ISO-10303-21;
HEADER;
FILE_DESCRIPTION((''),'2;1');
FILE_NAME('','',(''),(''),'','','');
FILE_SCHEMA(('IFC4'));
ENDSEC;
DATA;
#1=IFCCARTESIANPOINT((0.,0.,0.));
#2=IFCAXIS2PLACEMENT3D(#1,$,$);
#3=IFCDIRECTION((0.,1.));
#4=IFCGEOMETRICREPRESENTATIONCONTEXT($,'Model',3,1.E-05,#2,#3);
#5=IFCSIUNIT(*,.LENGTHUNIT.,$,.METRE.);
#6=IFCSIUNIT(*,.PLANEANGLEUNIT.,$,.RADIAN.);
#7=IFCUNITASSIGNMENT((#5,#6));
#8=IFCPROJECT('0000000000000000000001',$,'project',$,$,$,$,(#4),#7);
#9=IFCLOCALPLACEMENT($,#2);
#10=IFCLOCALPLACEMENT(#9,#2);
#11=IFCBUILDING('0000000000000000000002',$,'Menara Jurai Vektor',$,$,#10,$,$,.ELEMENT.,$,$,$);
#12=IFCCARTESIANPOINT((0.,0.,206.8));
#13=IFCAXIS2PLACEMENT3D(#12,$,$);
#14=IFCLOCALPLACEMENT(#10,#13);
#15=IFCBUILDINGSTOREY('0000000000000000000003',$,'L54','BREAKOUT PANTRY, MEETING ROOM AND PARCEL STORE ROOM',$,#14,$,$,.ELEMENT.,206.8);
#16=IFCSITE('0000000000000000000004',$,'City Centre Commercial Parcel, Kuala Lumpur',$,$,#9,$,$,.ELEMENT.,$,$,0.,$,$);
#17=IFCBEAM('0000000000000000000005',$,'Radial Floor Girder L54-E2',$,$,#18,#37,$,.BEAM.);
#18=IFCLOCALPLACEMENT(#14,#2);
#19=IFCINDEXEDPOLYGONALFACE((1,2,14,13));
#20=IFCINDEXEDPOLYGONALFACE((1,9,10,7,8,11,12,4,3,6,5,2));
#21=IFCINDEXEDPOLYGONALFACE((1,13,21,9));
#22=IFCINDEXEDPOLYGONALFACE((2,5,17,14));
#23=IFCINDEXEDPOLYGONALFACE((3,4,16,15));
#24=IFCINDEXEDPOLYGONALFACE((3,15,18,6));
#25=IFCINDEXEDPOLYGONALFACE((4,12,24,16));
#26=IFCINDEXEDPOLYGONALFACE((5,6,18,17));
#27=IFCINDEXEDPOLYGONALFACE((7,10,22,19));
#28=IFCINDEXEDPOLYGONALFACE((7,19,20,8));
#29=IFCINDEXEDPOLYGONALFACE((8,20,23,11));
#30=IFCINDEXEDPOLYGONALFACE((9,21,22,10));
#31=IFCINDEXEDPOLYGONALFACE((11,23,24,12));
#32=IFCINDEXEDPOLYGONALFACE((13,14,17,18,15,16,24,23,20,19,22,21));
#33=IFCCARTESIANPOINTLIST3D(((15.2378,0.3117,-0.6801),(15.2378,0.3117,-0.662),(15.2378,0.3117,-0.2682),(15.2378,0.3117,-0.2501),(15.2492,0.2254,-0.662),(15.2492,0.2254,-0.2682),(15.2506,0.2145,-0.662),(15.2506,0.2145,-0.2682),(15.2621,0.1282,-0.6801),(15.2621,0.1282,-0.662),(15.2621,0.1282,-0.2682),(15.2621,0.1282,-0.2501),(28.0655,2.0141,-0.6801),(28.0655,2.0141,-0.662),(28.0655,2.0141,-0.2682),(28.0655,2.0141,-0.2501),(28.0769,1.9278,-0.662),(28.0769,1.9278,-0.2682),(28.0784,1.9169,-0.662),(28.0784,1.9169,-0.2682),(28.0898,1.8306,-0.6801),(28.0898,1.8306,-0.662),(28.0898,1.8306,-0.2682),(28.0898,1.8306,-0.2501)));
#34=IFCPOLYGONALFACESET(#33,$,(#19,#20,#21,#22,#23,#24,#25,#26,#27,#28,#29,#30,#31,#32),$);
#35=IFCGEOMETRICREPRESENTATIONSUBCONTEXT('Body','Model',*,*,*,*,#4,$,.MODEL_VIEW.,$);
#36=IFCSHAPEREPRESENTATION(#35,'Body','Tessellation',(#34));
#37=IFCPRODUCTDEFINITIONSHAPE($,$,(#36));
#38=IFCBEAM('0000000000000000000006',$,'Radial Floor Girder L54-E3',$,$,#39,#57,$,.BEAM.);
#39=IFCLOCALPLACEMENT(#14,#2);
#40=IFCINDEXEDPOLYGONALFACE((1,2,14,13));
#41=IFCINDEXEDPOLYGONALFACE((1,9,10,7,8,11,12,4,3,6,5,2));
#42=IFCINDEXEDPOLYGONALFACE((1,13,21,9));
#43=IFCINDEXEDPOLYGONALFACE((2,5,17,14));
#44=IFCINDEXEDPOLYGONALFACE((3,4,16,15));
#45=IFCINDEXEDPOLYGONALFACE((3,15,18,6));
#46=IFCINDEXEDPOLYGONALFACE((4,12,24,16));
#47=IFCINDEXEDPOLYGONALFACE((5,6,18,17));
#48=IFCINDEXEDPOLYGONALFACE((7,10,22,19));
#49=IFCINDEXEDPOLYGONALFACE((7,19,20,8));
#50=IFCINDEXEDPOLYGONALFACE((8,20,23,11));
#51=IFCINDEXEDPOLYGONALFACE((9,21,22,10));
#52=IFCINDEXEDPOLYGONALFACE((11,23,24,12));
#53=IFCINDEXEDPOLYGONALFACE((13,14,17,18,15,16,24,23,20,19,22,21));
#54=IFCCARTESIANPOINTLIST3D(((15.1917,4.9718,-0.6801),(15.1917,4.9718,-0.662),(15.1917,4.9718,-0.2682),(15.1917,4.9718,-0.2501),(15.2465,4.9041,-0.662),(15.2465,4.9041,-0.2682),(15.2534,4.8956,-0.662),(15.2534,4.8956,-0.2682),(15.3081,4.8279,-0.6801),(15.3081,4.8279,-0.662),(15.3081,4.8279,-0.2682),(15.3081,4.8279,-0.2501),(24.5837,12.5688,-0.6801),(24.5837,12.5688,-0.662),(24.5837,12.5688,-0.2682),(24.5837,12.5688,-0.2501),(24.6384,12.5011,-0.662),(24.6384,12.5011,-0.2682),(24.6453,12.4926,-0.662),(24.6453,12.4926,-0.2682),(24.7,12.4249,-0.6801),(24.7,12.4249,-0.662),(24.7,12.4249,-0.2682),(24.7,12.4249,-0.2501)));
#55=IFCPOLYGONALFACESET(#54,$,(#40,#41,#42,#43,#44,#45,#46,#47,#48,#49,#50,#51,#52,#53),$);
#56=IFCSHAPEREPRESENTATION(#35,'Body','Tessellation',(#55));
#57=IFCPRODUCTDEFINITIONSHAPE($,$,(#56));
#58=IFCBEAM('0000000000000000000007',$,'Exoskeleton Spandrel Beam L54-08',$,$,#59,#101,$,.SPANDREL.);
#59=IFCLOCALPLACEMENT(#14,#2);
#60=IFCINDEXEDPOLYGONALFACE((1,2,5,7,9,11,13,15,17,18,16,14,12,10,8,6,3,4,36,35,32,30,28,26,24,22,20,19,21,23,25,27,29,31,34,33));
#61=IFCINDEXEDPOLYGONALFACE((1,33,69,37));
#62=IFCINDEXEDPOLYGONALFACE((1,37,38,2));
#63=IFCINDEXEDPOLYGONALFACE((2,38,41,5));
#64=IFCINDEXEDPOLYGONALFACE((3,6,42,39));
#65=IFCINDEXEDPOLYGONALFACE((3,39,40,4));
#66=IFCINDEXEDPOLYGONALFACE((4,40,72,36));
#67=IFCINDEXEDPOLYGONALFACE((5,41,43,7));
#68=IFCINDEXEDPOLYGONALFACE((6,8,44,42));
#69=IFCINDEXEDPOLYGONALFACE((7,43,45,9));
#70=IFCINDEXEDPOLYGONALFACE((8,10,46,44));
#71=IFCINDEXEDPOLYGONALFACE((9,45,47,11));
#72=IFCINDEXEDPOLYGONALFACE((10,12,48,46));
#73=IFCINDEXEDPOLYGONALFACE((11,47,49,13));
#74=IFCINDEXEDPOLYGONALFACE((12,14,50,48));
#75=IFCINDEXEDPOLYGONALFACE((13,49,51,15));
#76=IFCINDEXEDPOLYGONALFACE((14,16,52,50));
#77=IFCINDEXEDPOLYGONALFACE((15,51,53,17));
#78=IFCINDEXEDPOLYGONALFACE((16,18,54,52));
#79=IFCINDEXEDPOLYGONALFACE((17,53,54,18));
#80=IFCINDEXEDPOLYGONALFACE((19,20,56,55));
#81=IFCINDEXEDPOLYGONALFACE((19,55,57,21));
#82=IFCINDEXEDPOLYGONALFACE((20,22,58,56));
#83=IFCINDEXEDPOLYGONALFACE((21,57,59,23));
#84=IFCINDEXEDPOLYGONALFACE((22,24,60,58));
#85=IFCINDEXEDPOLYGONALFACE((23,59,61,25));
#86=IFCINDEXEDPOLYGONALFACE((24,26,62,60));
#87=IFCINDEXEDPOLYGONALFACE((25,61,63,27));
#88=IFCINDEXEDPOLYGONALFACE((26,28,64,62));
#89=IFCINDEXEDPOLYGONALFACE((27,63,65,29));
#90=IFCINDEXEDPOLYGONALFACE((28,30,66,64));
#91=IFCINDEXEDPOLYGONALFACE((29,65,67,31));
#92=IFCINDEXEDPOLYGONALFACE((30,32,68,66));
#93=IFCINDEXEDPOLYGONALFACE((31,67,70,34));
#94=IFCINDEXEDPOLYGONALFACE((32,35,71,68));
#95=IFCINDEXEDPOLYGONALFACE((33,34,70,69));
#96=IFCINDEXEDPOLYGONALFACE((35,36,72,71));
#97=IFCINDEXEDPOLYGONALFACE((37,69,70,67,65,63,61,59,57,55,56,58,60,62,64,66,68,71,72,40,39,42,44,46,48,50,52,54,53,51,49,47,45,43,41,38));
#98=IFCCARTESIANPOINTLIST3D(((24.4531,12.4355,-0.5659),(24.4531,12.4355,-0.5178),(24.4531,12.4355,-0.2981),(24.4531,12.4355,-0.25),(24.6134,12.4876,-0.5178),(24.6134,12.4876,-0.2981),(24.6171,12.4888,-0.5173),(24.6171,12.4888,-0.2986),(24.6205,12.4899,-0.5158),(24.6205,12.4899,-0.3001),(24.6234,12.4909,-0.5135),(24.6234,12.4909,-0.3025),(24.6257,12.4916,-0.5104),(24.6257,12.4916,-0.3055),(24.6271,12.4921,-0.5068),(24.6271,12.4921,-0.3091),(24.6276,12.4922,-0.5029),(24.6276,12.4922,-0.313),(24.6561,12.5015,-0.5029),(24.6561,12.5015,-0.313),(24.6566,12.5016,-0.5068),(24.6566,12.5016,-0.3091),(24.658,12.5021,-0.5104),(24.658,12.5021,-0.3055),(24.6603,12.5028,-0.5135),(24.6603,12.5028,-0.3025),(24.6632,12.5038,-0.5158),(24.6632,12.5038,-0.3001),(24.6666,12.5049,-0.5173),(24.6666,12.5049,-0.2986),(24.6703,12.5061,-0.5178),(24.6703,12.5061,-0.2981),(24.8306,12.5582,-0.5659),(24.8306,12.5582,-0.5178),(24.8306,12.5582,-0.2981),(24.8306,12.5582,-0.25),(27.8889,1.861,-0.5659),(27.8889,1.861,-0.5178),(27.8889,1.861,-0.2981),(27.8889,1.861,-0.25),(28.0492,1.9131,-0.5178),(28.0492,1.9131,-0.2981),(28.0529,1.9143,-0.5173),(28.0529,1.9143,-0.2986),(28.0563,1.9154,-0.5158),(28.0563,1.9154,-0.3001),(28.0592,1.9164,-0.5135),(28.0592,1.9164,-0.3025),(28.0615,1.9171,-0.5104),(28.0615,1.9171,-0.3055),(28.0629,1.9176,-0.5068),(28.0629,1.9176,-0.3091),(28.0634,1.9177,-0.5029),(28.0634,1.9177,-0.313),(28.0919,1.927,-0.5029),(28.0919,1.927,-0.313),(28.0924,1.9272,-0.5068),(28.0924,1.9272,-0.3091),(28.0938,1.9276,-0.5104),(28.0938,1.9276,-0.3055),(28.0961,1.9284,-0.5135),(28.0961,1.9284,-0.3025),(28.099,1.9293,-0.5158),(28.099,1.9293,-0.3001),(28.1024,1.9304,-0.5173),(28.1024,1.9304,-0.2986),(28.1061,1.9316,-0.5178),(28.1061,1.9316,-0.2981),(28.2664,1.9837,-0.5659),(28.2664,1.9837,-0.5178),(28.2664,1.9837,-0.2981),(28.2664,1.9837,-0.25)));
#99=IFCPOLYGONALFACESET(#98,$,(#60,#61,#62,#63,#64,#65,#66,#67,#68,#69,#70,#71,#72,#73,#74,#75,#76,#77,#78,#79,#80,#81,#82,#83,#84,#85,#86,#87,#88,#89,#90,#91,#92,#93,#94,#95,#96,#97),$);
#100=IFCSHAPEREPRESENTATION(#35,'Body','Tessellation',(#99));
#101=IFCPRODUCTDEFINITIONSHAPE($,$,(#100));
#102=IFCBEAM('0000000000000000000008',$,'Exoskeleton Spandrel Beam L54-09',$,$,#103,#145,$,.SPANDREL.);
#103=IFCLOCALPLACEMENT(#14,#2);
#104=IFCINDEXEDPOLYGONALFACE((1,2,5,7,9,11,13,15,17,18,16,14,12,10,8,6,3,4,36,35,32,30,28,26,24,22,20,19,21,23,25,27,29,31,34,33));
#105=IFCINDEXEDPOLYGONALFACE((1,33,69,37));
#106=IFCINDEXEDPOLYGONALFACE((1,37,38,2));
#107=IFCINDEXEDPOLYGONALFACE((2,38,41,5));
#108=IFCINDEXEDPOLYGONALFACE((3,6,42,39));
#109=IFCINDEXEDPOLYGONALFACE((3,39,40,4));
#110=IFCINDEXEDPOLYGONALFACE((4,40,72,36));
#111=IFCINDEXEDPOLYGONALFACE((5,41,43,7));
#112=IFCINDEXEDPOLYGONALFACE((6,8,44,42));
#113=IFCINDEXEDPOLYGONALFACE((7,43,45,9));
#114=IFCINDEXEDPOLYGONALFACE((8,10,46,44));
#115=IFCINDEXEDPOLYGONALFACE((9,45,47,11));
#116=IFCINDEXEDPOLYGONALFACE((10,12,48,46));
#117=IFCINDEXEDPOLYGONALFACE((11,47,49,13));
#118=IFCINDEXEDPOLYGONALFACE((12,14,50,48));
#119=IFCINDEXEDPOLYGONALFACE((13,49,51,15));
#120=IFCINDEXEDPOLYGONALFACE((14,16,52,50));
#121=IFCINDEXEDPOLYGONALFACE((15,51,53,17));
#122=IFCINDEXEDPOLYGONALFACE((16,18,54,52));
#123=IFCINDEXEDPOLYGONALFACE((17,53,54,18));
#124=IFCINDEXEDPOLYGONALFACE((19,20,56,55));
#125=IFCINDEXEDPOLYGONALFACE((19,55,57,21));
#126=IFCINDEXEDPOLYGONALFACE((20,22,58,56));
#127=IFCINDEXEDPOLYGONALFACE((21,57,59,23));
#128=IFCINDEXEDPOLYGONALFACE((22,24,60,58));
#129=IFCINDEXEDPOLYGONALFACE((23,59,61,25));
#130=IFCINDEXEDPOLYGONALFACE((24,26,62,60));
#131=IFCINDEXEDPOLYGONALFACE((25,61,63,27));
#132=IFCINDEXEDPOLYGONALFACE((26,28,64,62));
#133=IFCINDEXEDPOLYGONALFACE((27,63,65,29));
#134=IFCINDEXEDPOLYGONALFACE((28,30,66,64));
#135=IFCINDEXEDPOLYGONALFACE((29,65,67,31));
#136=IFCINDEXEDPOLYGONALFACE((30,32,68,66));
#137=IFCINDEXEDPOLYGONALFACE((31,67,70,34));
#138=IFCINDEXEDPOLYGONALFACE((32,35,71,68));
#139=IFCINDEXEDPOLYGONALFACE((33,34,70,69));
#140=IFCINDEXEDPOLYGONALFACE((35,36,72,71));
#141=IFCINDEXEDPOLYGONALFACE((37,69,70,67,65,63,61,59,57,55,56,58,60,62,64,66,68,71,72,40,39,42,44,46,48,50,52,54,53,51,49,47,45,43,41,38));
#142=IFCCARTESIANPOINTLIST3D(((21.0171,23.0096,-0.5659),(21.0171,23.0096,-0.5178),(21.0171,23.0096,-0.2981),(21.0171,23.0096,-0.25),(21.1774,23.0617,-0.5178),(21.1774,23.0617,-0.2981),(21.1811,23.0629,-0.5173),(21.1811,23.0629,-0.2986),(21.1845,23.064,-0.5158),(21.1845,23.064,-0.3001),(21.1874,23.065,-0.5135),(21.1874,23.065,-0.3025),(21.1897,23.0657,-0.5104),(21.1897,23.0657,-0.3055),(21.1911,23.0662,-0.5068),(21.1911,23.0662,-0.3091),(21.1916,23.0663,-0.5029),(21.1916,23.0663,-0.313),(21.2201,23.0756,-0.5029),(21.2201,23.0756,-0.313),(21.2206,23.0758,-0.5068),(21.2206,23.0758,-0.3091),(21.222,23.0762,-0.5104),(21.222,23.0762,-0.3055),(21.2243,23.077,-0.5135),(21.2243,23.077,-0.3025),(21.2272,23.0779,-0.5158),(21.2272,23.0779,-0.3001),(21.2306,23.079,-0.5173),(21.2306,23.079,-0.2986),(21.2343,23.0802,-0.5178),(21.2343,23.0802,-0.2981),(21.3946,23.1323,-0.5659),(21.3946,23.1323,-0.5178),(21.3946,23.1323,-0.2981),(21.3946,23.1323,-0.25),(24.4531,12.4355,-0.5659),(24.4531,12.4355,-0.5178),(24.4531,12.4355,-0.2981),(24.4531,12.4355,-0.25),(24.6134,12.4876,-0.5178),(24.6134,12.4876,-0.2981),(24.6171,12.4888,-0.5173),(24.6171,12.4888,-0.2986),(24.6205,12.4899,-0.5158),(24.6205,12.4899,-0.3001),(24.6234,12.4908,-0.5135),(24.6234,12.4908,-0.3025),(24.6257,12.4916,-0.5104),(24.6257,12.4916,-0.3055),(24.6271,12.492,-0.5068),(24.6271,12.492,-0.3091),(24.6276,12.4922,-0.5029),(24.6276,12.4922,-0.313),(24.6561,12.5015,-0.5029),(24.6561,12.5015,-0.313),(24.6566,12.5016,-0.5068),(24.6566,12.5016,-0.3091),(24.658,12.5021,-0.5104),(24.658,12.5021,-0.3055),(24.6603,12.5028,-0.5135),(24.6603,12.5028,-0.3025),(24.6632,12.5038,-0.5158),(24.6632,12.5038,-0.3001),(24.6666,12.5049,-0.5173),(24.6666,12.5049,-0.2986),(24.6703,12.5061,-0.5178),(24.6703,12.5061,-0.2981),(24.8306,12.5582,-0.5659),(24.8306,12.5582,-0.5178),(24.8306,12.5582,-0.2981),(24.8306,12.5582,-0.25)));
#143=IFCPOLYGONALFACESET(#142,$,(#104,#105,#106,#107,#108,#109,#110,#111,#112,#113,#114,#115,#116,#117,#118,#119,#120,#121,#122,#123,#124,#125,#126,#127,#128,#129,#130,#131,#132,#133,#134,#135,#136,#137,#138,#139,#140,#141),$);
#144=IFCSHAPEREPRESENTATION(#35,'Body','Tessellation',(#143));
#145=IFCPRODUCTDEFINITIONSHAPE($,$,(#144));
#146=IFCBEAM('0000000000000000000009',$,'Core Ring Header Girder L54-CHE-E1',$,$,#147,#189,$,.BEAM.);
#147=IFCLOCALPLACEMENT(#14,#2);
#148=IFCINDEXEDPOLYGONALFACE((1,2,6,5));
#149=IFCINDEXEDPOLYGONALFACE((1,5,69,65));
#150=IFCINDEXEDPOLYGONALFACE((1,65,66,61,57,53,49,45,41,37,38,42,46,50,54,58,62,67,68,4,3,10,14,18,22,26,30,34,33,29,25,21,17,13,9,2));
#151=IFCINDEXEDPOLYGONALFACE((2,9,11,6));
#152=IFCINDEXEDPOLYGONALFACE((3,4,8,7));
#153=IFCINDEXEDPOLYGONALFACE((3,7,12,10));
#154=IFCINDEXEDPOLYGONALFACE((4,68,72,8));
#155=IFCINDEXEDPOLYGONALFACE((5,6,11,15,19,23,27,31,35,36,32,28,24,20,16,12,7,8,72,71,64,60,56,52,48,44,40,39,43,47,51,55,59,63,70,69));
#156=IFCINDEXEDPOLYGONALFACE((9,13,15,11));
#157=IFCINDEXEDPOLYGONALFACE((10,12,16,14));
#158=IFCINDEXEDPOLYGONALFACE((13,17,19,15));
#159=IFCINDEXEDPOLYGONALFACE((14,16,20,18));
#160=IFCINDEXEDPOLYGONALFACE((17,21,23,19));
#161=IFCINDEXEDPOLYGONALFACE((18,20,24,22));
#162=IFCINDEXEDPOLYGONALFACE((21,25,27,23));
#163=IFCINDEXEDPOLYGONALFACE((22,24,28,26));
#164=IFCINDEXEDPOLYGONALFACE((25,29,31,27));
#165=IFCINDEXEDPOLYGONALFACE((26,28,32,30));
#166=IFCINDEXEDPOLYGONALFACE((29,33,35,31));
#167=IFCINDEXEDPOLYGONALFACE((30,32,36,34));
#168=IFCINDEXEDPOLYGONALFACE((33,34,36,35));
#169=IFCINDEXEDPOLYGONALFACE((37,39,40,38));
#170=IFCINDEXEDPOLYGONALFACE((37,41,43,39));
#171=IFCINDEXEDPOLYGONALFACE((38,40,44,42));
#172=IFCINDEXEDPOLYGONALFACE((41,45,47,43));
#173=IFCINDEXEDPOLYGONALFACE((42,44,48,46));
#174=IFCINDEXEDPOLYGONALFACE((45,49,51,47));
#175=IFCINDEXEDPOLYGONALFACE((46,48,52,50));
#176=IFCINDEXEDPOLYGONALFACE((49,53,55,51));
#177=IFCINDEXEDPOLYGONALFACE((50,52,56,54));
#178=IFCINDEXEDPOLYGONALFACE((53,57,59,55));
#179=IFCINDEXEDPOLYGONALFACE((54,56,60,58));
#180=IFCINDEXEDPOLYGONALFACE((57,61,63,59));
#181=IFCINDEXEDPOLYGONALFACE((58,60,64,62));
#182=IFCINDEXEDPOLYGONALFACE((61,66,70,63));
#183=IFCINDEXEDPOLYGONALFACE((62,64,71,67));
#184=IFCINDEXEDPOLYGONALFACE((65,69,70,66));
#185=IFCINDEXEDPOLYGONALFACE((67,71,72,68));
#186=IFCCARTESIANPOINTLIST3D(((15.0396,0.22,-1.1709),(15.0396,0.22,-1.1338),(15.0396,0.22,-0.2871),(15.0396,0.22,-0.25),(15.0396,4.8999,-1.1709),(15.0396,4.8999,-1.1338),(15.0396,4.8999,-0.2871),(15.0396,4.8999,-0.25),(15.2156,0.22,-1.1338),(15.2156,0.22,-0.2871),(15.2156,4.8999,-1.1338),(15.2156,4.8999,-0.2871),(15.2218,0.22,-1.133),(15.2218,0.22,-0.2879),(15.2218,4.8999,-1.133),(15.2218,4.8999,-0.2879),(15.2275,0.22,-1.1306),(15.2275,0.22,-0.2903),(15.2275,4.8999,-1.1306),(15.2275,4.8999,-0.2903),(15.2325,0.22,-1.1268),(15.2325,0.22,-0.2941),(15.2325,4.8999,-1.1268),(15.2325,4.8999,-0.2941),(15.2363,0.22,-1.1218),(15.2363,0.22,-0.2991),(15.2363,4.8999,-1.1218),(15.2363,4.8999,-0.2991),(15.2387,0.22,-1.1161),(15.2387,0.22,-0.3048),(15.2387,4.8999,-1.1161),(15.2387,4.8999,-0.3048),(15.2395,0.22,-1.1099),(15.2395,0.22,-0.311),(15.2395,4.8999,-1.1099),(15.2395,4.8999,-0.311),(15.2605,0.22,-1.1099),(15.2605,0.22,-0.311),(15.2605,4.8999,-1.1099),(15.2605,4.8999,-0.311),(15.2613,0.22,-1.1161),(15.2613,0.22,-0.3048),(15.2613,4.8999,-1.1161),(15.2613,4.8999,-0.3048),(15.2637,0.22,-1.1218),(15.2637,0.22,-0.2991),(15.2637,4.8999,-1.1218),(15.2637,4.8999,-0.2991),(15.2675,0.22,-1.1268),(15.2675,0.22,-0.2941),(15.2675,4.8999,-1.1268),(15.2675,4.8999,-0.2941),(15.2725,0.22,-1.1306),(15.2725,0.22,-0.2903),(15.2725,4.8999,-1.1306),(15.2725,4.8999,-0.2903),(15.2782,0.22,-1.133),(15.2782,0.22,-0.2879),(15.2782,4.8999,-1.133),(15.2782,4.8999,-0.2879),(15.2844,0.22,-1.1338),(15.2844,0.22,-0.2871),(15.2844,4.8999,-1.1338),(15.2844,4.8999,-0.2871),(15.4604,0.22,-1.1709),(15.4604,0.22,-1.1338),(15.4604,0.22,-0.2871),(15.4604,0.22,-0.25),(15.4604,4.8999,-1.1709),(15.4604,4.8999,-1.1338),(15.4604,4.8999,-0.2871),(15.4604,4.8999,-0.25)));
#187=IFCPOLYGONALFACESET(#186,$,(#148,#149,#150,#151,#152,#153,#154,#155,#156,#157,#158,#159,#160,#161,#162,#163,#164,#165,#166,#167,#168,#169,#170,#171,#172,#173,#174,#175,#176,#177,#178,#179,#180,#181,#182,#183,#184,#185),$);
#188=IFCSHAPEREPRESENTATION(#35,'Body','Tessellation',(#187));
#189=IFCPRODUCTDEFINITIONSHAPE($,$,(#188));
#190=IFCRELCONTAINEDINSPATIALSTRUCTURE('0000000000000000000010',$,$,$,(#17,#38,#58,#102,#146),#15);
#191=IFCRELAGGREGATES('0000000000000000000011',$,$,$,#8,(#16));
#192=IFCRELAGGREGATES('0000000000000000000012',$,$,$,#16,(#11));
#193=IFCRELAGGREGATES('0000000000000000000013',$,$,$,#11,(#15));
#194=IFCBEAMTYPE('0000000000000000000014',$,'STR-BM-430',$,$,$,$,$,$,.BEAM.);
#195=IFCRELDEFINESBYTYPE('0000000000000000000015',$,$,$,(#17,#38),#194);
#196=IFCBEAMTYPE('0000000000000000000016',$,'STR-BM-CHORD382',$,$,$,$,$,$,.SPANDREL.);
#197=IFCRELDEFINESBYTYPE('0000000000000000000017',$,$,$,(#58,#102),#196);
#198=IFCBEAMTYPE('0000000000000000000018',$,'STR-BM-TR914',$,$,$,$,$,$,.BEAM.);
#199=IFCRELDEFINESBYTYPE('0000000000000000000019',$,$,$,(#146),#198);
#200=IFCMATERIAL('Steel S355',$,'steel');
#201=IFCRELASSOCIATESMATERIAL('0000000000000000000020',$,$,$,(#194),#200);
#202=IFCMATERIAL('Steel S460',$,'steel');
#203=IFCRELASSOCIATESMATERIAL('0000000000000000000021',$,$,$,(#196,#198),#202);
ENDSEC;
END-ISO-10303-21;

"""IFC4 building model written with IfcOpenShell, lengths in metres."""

from ifc_helpers import new_model, si_unit, direction, frame, origin, origin_2d, place, context, subcontext, project, spatial, i_section, extrude, material, material_profile, profile_set, type_object, element, save


model = new_model("IFC4")

# Units and contexts
model_context = context("Model", 3, precision=1e-05, world=origin(), true_north=direction((0.0, 1.0)))
body_context = subcontext(model_context, "Body", "Model", "MODEL_VIEW")
ifc_project = project(units=[si_unit("LENGTHUNIT", "METRE"), si_unit("PLANEANGLEUNIT", "RADIAN")], contexts=[model_context])

# Site, building, storey
site_placement = place(None, origin())
site = spatial("IfcSite", under=ifc_project, at=site_placement, Name="City Centre Commercial Parcel, Kuala Lumpur", CompositionType="ELEMENT", RefElevation=0.0)
building_placement = place(site_placement, origin())
building = spatial("IfcBuilding", under=site, at=building_placement, Name="Menara Jurai Vektor", CompositionType="ELEMENT")
storey_placement = place(building_placement, frame((0.0, 0.0, 206.8)))
storey = spatial("IfcBuildingStorey", under=building, at=storey_placement, Name="L54", Description="BREAKOUT PANTRY, MEETING ROOM AND PARCEL STORE ROOM", CompositionType="ELEMENT", Elevation=206.8)

# Shared definitions
ifc_material_1 = material(Name="Steel S460", Category="steel")

# Beams
ifc_material_2 = material(Name="Steel S355", Category="steel")
ifc_material_profile_1 = material_profile(ifc_material_2, i_section(OverallWidth=0.1851, OverallDepth=0.4299, WebThickness=0.011, FlangeThickness=0.0181, at=origin_2d()), Name="PG 430x185x76")
ifc_profile_set_1 = profile_set([ifc_material_profile_1], Name="Steel S355")
beam_type_1 = type_object("IfcBeamType", Name="STR-BM-430", PredefinedType="BEAM", material=ifc_profile_set_1)
beam_1_placement = place(storey_placement, frame((28.0776, 1.9224, -0.4651), z_axis=(-0.991308, -0.131559, 0.0), x_axis=(0.131559, -0.991308, 0.0)))
element("IfcBeam", 1, at=beam_1_placement, inside=storey, type_object=beam_type_1, Name="Radial Floor Girder L54-E2", PredefinedType="BEAM", context=body_context, shape_type="SweptSolid", body=[
    extrude(i_section(OverallWidth=0.1851, OverallDepth=0.4299, WebThickness=0.011, FlangeThickness=0.0181, at=origin_2d()), origin(), (0.0, 0.0, 1.0), 12.9402),
])
beam_2_placement = place(storey_placement, frame((24.6418, 12.4968, -0.4651), z_axis=(-0.777488, -0.628898, 0.0), x_axis=(0.628898, -0.777488, 0.0)))
element("IfcBeam", 2, at=beam_2_placement, inside=storey, type_object=beam_type_1, Name="Radial Floor Girder L54-E3", PredefinedType="BEAM", context=body_context, shape_type="SweptSolid", body=[
    extrude(i_section(OverallWidth=0.1851, OverallDepth=0.4299, WebThickness=0.011, FlangeThickness=0.0181, at=origin_2d()), origin(), (0.0, 0.0, 1.0), 12.0798),
])
ifc_material_profile_2 = material_profile(ifc_material_1, i_section(OverallWidth=0.397, OverallDepth=0.3159, WebThickness=0.03, FlangeThickness=0.0481, FilletRadius=0.0149, at=origin_2d()), Name="HD 400x382")
ifc_profile_set_2 = profile_set([ifc_material_profile_2], Name="Steel S460")
beam_type_2 = type_object("IfcBeamType", Name="STR-BM-CHORD382", PredefinedType="SPANDREL", material=ifc_profile_set_2)
beam_3_placement = place(storey_placement, frame((28.0776, 1.9224, -0.408), z_axis=(-0.309012, 0.951058, 0.0), x_axis=(-0.951058, -0.309012, 0.0)))
element("IfcBeam", 3, at=beam_3_placement, inside=storey, type_object=beam_type_2, Name="Exoskeleton Spandrel Beam L54-08", PredefinedType="SPANDREL", context=body_context, shape_type="SweptSolid", body=[
    extrude(i_section(OverallWidth=0.397, OverallDepth=0.3159, WebThickness=0.03, FlangeThickness=0.0481, FilletRadius=0.0149, at=origin_2d()), origin(), (0.0, 0.0, 1.0), 11.1187),
])
beam_4_placement = place(storey_placement, frame((24.6418, 12.4968, -0.408), z_axis=(-0.309038, 0.95105, 0.0), x_axis=(-0.95105, -0.309038, 0.0)))
element("IfcBeam", 4, at=beam_4_placement, inside=storey, type_object=beam_type_2, Name="Exoskeleton Spandrel Beam L54-09", PredefinedType="SPANDREL", context=body_context, shape_type="SweptSolid", body=[
    extrude(i_section(OverallWidth=0.397, OverallDepth=0.3159, WebThickness=0.03, FlangeThickness=0.0481, FilletRadius=0.0149, at=origin_2d()), origin(), (0.0, 0.0, 1.0), 11.1184),
])
ifc_material_profile_3 = material_profile(ifc_material_1, i_section(OverallWidth=0.4209, OverallDepth=0.9209, WebThickness=0.021, FlangeThickness=0.0371, FilletRadius=0.0239, at=origin_2d()), Name="UKB 914x419x388")
ifc_profile_set_3 = profile_set([ifc_material_profile_3], Name="Steel S460")
beam_type_3 = type_object("IfcBeamType", Name="STR-BM-TR914", PredefinedType="BEAM", material=ifc_profile_set_3)
beam_5_placement = place(storey_placement, frame((15.25, 0.22, -0.7104), z_axis=(0.0, 1.0, 0.0), x_axis=(-1.0, 0.0, 0.0)))
element("IfcBeam", 5, at=beam_5_placement, inside=storey, type_object=beam_type_3, Name="Core Ring Header Girder L54-CHE-E1", PredefinedType="BEAM", context=body_context, shape_type="SweptSolid", body=[
    extrude(i_section(OverallWidth=0.4209, OverallDepth=0.9209, WebThickness=0.021, FlangeThickness=0.0371, FilletRadius=0.0239, at=origin_2d()), origin(), (0.0, 0.0, 1.0), 4.6799),
])

save(model, "model.ifc")
